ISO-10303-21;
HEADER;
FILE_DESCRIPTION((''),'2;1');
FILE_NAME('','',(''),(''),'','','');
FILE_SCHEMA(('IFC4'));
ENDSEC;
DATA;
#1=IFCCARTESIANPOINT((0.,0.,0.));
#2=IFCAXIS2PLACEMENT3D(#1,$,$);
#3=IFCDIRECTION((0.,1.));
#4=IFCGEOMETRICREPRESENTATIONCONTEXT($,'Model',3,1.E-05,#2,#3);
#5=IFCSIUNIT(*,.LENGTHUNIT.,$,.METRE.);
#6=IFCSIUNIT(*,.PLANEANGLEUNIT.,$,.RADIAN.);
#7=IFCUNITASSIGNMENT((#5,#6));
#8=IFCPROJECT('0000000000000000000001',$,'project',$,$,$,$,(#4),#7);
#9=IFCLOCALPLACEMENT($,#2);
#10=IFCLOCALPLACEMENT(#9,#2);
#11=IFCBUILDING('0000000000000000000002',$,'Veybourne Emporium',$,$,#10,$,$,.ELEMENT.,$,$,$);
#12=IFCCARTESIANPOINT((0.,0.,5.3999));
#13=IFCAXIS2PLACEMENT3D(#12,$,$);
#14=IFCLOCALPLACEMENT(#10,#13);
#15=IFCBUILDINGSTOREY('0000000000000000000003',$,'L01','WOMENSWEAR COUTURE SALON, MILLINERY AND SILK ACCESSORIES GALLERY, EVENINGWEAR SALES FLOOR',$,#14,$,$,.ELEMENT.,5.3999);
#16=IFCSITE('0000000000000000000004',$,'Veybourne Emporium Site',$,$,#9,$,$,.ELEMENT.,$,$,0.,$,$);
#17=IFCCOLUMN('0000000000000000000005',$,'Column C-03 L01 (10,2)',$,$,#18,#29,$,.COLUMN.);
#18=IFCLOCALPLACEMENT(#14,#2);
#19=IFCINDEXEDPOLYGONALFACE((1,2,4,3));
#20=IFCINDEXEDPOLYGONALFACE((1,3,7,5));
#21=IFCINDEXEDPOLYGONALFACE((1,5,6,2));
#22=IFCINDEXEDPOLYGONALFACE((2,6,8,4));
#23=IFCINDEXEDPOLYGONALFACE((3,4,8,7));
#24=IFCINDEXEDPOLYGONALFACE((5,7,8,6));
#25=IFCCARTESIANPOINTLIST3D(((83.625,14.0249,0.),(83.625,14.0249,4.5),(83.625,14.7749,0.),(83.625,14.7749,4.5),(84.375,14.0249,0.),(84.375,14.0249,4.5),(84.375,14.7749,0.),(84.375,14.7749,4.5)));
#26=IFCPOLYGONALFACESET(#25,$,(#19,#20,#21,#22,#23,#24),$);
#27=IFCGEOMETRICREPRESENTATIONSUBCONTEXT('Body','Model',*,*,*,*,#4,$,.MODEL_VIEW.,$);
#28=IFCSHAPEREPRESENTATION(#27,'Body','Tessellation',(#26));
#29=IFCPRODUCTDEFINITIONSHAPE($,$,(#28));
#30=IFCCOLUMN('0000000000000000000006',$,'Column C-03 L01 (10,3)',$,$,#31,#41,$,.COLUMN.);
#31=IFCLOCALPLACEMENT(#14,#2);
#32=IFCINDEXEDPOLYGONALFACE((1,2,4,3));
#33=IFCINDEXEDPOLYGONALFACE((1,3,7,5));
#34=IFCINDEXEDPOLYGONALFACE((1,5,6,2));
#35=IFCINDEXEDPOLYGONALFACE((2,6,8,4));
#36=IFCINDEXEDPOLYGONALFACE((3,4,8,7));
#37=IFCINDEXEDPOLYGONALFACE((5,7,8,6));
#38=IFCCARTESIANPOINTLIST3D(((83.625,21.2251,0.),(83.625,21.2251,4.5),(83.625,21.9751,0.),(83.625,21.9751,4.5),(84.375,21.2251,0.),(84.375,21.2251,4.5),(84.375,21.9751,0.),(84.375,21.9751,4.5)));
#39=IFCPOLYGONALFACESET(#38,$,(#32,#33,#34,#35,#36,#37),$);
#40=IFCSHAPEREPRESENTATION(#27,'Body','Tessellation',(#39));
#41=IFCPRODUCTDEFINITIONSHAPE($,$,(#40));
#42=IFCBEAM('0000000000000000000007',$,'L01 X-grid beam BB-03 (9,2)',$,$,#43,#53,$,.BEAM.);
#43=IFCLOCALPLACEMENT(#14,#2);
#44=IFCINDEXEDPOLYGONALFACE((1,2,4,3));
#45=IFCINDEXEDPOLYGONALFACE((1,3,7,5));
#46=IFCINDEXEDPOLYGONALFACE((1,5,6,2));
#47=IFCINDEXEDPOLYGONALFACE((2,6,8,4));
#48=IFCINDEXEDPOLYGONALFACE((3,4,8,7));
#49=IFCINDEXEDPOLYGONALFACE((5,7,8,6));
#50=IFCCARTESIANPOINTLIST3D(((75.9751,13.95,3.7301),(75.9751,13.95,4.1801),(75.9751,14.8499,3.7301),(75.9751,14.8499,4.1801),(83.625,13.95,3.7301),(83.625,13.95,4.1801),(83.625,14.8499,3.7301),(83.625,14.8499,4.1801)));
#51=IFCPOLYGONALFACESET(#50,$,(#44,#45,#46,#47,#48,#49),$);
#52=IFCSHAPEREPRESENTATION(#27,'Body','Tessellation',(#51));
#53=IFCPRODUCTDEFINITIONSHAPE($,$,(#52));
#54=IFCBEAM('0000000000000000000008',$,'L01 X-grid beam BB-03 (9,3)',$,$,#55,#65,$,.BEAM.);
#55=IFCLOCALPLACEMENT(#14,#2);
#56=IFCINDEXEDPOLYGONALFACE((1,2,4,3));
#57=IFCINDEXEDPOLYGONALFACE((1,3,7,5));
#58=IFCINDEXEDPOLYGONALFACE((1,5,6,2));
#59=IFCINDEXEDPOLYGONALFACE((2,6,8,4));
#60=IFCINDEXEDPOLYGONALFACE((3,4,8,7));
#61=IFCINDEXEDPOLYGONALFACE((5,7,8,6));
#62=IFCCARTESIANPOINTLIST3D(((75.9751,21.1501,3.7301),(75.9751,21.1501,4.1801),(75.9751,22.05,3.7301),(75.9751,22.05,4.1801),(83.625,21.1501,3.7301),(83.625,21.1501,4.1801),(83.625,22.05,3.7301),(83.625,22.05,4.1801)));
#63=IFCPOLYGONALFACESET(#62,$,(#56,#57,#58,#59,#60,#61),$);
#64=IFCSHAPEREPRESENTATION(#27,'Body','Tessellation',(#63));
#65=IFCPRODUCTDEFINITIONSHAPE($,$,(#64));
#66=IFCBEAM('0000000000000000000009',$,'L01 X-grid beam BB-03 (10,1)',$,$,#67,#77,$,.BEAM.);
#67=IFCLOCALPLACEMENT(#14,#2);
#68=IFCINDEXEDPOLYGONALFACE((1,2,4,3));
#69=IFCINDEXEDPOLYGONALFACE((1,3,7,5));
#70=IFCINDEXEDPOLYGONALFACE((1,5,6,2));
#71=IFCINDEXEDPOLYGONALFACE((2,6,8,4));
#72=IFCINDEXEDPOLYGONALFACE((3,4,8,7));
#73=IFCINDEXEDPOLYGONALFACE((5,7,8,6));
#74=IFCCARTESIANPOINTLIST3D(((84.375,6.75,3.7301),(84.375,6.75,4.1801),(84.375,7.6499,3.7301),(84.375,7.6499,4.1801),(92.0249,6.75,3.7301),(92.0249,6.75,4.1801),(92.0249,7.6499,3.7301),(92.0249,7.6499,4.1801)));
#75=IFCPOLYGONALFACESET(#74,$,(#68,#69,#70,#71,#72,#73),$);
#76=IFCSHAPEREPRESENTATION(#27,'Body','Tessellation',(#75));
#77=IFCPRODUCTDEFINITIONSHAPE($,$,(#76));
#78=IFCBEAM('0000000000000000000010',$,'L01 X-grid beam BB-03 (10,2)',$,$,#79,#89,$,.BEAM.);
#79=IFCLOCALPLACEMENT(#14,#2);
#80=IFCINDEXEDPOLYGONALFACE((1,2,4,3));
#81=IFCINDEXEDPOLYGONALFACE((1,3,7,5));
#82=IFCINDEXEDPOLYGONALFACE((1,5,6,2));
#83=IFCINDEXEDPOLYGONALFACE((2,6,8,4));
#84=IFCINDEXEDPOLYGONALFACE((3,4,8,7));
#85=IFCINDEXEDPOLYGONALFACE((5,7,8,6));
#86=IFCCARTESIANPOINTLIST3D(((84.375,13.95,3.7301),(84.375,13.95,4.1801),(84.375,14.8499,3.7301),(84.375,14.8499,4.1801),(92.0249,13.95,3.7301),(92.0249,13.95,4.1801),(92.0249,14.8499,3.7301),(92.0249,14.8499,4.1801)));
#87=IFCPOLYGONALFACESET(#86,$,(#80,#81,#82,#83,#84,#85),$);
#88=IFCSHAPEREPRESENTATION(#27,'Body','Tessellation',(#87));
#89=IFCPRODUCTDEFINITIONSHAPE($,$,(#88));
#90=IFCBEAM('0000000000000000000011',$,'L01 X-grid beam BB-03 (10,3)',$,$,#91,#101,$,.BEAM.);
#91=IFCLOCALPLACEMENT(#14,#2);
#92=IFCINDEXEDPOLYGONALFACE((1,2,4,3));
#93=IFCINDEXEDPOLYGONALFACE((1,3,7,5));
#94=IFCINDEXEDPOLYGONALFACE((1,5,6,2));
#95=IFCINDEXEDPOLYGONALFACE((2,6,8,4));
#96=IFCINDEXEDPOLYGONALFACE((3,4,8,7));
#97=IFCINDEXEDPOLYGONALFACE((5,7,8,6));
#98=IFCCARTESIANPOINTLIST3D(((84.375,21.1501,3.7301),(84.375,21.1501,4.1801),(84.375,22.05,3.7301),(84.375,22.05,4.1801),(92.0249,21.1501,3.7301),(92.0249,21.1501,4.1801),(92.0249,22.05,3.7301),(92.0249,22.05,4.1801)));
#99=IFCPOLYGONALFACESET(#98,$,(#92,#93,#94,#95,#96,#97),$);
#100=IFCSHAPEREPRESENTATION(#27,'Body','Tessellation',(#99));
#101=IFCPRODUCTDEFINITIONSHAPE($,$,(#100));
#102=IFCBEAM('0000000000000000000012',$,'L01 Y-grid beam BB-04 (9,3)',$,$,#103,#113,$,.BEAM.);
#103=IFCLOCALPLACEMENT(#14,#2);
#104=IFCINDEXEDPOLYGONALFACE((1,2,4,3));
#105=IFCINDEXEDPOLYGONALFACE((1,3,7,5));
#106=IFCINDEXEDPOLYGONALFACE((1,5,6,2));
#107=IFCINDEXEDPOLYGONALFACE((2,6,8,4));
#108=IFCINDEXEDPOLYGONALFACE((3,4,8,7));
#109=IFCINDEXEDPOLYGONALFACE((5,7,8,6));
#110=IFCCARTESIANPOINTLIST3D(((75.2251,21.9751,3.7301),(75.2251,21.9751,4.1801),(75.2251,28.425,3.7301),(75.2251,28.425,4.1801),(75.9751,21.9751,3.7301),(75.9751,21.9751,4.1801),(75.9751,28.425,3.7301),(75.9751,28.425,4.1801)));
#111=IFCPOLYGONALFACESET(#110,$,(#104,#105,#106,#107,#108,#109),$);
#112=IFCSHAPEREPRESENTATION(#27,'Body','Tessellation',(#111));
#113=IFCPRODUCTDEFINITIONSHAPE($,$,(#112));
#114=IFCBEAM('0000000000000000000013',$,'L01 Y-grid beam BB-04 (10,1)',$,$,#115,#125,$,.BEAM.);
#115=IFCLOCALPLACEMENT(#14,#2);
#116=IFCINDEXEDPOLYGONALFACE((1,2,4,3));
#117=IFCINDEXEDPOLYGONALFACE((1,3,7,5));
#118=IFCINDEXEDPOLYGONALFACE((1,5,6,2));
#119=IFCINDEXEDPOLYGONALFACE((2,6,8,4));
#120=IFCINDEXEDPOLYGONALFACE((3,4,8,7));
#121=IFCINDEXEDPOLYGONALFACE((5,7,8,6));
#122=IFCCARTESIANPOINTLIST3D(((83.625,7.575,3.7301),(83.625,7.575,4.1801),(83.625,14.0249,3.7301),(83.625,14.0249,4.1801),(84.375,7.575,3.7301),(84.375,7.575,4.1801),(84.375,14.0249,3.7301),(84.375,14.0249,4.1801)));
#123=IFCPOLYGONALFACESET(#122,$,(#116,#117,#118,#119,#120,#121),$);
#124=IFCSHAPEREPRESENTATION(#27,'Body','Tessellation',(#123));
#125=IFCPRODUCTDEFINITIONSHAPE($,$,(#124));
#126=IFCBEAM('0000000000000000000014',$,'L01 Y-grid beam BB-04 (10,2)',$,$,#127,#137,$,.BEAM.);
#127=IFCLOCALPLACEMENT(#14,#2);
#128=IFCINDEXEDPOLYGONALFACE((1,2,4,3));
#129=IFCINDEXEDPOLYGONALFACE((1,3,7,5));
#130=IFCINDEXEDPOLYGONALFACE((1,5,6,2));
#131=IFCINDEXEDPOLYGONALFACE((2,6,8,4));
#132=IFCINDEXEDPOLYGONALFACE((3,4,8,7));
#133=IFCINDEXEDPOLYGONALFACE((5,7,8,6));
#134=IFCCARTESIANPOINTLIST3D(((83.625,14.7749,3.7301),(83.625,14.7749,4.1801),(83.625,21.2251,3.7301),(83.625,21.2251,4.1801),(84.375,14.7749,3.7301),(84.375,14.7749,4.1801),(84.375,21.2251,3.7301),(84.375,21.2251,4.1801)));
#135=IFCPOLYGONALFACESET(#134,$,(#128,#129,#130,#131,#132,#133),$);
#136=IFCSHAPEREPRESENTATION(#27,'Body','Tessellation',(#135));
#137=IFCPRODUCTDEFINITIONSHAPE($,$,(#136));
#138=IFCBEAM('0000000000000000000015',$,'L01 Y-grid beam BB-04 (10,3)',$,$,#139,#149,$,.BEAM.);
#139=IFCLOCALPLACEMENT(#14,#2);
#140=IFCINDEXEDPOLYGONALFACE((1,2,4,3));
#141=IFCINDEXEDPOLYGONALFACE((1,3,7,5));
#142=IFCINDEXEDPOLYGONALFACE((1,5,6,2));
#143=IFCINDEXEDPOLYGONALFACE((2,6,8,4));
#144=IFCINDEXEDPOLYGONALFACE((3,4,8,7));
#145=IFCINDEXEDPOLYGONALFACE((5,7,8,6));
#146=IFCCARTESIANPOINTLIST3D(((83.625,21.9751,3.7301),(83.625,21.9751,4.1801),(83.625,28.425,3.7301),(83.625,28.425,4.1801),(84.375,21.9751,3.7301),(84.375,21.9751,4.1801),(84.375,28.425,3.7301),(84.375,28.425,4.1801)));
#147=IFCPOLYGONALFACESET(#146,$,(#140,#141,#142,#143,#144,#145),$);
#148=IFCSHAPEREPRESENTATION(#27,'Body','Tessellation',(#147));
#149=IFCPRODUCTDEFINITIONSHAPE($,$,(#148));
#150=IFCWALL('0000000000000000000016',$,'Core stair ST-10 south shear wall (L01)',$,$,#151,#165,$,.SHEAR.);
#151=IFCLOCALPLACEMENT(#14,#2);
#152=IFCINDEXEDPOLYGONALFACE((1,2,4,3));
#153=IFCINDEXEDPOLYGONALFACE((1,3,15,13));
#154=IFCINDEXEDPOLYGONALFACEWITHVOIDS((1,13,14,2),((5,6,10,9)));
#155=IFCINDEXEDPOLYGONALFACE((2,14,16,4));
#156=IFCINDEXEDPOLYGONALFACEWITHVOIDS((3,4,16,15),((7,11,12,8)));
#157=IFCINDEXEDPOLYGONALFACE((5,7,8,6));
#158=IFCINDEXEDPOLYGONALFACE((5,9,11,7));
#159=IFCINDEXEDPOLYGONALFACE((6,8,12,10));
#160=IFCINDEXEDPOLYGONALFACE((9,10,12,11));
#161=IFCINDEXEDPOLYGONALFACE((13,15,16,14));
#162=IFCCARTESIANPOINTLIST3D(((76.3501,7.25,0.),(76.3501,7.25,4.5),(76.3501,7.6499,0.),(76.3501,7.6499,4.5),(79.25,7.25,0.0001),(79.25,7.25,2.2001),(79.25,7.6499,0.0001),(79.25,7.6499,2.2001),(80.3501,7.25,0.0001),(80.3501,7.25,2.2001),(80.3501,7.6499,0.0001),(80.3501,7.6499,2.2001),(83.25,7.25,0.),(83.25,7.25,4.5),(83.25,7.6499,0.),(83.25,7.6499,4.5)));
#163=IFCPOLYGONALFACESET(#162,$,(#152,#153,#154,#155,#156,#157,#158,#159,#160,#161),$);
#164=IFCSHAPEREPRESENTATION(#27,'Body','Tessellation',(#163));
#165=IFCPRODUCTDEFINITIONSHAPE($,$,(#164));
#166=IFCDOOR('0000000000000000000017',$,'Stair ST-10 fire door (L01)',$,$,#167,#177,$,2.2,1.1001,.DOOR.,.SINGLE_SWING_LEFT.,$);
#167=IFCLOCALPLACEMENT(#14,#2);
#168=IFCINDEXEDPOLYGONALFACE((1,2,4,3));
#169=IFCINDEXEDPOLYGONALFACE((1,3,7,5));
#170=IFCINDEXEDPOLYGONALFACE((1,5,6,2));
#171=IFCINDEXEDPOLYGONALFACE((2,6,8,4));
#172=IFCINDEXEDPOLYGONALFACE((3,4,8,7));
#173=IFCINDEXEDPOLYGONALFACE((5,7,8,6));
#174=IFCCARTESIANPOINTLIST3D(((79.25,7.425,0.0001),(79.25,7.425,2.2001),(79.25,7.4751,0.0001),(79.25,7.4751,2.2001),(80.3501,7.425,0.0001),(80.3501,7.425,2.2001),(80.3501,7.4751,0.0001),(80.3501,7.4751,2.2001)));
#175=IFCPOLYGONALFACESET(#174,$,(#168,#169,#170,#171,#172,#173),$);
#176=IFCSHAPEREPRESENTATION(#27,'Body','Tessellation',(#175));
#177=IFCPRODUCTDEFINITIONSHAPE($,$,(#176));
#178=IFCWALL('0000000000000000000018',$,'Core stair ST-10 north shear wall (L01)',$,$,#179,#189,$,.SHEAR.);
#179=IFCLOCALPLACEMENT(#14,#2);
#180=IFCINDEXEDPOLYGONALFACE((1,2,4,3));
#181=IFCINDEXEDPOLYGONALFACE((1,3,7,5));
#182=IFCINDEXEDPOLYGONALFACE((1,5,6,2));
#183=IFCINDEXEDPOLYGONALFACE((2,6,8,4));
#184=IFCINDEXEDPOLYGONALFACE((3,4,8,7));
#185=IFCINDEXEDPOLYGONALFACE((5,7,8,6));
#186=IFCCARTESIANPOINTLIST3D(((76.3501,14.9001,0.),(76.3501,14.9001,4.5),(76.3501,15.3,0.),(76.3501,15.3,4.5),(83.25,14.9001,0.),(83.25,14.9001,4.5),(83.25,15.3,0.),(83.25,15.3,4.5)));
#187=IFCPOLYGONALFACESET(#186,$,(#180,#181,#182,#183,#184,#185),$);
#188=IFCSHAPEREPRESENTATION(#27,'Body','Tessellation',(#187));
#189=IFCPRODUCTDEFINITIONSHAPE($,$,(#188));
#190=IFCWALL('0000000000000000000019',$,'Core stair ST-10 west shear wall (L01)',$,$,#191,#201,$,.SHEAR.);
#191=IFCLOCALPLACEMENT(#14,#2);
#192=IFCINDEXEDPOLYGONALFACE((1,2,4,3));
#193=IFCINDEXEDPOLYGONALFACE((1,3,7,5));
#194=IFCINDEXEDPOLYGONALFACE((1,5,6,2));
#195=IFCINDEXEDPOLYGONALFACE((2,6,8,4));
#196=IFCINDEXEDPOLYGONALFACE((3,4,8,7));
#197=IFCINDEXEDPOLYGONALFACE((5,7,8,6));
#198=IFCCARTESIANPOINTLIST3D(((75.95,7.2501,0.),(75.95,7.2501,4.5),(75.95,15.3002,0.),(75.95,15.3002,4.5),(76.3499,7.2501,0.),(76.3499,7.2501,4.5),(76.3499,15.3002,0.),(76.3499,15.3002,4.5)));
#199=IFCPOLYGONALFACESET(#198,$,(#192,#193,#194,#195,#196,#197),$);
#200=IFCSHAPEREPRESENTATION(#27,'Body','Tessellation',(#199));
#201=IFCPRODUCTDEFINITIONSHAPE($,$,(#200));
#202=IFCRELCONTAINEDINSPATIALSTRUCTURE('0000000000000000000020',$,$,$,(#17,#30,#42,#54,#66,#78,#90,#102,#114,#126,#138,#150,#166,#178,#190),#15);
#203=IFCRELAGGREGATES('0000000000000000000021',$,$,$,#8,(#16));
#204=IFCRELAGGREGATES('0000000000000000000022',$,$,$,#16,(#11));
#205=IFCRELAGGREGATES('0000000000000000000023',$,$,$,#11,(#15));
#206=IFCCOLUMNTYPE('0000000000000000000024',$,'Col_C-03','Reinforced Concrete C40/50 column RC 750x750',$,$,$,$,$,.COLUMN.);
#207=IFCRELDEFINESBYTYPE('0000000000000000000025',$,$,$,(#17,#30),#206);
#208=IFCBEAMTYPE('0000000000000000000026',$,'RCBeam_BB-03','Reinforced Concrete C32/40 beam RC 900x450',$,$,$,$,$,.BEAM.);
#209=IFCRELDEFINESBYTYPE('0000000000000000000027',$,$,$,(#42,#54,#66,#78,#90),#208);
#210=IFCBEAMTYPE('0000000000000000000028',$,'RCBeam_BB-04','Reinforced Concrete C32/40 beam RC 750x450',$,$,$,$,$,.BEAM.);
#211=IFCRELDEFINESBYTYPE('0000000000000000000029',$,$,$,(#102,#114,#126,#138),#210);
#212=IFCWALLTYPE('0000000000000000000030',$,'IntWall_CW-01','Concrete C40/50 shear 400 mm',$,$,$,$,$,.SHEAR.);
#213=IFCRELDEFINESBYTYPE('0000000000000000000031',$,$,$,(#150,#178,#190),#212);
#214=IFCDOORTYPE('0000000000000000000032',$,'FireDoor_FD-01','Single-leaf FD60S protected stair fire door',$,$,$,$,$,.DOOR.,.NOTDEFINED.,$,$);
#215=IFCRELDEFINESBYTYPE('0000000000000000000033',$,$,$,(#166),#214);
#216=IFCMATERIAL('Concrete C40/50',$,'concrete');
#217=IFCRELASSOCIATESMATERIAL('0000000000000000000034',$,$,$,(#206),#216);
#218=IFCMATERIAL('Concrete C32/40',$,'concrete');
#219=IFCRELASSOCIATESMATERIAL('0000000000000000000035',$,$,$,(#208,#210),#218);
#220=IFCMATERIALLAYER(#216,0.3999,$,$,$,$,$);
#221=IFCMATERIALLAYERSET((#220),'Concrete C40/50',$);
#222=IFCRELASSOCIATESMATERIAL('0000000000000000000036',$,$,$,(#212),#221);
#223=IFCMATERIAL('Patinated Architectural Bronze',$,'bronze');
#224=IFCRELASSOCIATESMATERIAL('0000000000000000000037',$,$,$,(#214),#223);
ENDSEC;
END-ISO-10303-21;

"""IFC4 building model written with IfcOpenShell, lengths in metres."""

from ifc_helpers import new_model, si_unit, direction, frame, frame_2d, origin, origin_2d, place, context, subcontext, project, spatial, rectangle, extrude, material, layer, layer_set, material_profile, profile_set, type_object, element, fill, save


model = new_model("IFC4")

# Units and contexts
model_context = context("Model", 3, precision=1e-05, world=origin(), true_north=direction((0.0, 1.0)))
body_context = subcontext(model_context, "Body", "Model", "MODEL_VIEW")
ifc_project = project(units=[si_unit("LENGTHUNIT", "METRE"), si_unit("PLANEANGLEUNIT", "RADIAN")], contexts=[model_context])

# Site, building, storey
site_placement = place(None, origin())
site = spatial("IfcSite", under=ifc_project, at=site_placement, Name="Veybourne Emporium Site", CompositionType="ELEMENT", RefElevation=0.0)
building_placement = place(site_placement, origin())
building = spatial("IfcBuilding", under=site, at=building_placement, Name="Veybourne Emporium", CompositionType="ELEMENT")
storey_placement = place(building_placement, frame((0.0, 0.0, 5.3999)))
storey = spatial("IfcBuildingStorey", under=building, at=storey_placement, Name="L01", Description="WOMENSWEAR COUTURE SALON, MILLINERY AND SILK ACCESSORIES GALLERY, EVENINGWEAR SALES FLOOR", CompositionType="ELEMENT", Elevation=5.3999)

# Columns
ifc_material_1 = material(Name="Concrete C40/50", Category="concrete")
ifc_material_profile_1 = material_profile(ifc_material_1, rectangle(XDim=0.75, YDim=0.75, at=origin_2d()), Name="RC 750x750")
ifc_profile_set_1 = profile_set([ifc_material_profile_1], Name="Concrete C40/50")
column_type = type_object("IfcColumnType", Name="Col_C-03", Description="Reinforced Concrete C40/50 column RC 750x750", PredefinedType="COLUMN", material=ifc_profile_set_1)
for number, where, z_axis, x_axis, name in (
    (1, (84.0, 14.3999, 0.0), (0.0, 0.0, 1.0), (1.0, 0.0, 0.0), "Column C-03 L01 (10,2)"),
    (2, (84.0, 21.6001, 0.0), (0.0, 0.0, 1.0), (1.0, 0.0, 0.0), "Column C-03 L01 (10,3)"),
):
    element("IfcColumn", number, at=place(storey_placement, frame(where, z_axis=z_axis, x_axis=x_axis)), inside=storey, type_object=column_type, Name=name, PredefinedType="COLUMN", context=body_context, shape_type="SweptSolid", body=[
        extrude(rectangle(XDim=0.75, YDim=0.75, at=origin_2d()), origin(), (0.0, 0.0, 1.0), 4.5),
    ])

# Beams
ifc_material_2 = material(Name="Concrete C32/40", Category="concrete")
ifc_material_profile_2 = material_profile(ifc_material_2, rectangle(XDim=0.8999, YDim=0.45, at=origin_2d()), Name="RC 900x450")
ifc_profile_set_2 = profile_set([ifc_material_profile_2], Name="Concrete C32/40")
beam_type_1 = type_object("IfcBeamType", Name="RCBeam_BB-03", Description="Reinforced Concrete C32/40 beam RC 900x450", PredefinedType="BEAM", material=ifc_profile_set_2)
for number, where, z_axis, x_axis, name in (
    (3, (75.9751, 14.3999, 3.9551), (1.0, 0.0, 0.0), (0.0, 1.0, 0.0), "L01 X-grid beam BB-03 (9,2)"),
    (4, (75.9751, 21.6001, 3.9551), (1.0, 0.0, 0.0), (0.0, 1.0, 0.0), "L01 X-grid beam BB-03 (9,3)"),
    (5, (84.375, 7.2, 3.9551), (1.0, 0.0, 0.0), (0.0, 1.0, 0.0), "L01 X-grid beam BB-03 (10,1)"),
    (6, (84.375, 14.3999, 3.9551), (1.0, 0.0, 0.0), (0.0, 1.0, 0.0), "L01 X-grid beam BB-03 (10,2)"),
    (7, (84.375, 21.6001, 3.9551), (1.0, 0.0, 0.0), (0.0, 1.0, 0.0), "L01 X-grid beam BB-03 (10,3)"),
):
    element("IfcBeam", number, at=place(storey_placement, frame(where, z_axis=z_axis, x_axis=x_axis)), inside=storey, type_object=beam_type_1, Name=name, PredefinedType="BEAM", context=body_context, shape_type="SweptSolid", body=[
        extrude(rectangle(XDim=0.8999, YDim=0.45, at=origin_2d()), origin(), (0.0, 0.0, 1.0), 7.6499),
    ])
ifc_material_profile_3 = material_profile(ifc_material_2, rectangle(XDim=0.75, YDim=0.45, at=origin_2d()), Name="RC 750x450")
ifc_profile_set_3 = profile_set([ifc_material_profile_3], Name="Concrete C32/40")
beam_type_2 = type_object("IfcBeamType", Name="RCBeam_BB-04", Description="Reinforced Concrete C32/40 beam RC 750x450", PredefinedType="BEAM", material=ifc_profile_set_3)
for number, where, z_axis, x_axis, name in (
    (8, (75.6001, 21.9751, 3.9551), (0.0, 1.0, 0.0), (-1.0, 0.0, 0.0), "L01 Y-grid beam BB-04 (9,3)"),
    (9, (84.0, 7.575, 3.9551), (0.0, 1.0, 0.0), (-1.0, 0.0, 0.0), "L01 Y-grid beam BB-04 (10,1)"),
):
    element("IfcBeam", number, at=place(storey_placement, frame(where, z_axis=z_axis, x_axis=x_axis)), inside=storey, type_object=beam_type_2, Name=name, PredefinedType="BEAM", context=body_context, shape_type="SweptSolid", body=[
        extrude(rectangle(XDim=0.75, YDim=0.45, at=origin_2d()), origin(), (0.0, 0.0, 1.0), 6.45),
    ])
beam_1_placement = place(storey_placement, frame((84.0, 14.7749, 3.9551), z_axis=(0.0, 1.0, 0.0), x_axis=(-1.0, 0.0, 0.0)))
element("IfcBeam", 10, at=beam_1_placement, inside=storey, type_object=beam_type_2, Name="L01 Y-grid beam BB-04 (10,2)", PredefinedType="BEAM", context=body_context, shape_type="SweptSolid", body=[
    extrude(rectangle(XDim=0.75, YDim=0.45, at=origin_2d()), origin(), (0.0, 0.0, 1.0), 6.4502),
])
beam_2_placement = place(storey_placement, frame((84.0, 21.9751, 3.9551), z_axis=(0.0, 1.0, 0.0), x_axis=(-1.0, 0.0, 0.0)))
element("IfcBeam", 11, at=beam_2_placement, inside=storey, type_object=beam_type_2, Name="L01 Y-grid beam BB-04 (10,3)", PredefinedType="BEAM", context=body_context, shape_type="SweptSolid", body=[
    extrude(rectangle(XDim=0.75, YDim=0.45, at=origin_2d()), origin(), (0.0, 0.0, 1.0), 6.45),
])

# Wall, opening, door
ifc_layer_1 = layer(ifc_material_1, 0.3999)
ifc_layer_set_1 = layer_set([ifc_layer_1], Name="Concrete C40/50")
wall_type_1 = type_object("IfcWallType", Name="IntWall_CW-01", Description="Concrete C40/50 shear 400 mm", PredefinedType="SHEAR", material=ifc_layer_set_1)
wall_1_placement = place(storey_placement, frame((83.25, 7.45, 0.0), z_axis=(0.0, 0.0, 1.0), x_axis=(-1.0, 0.0, 0.0)))
wall_1 = element("IfcWall", 12, at=wall_1_placement, inside=storey, type_object=wall_type_1, Name="Core stair ST-10 south shear wall (L01)", PredefinedType="SHEAR", context=body_context, shape_type="SweptSolid", body=[
    extrude(rectangle(XDim=6.8999, YDim=0.3999, at=frame_2d((3.45, 0.0))), origin(), (0.0, 0.0, 1.0), 4.5),
])
opening_1_placement = place(wall_1_placement, frame((2.8999, 0.0, 0.0)))
opening_1 = element("IfcOpeningElement", 13, at=opening_1_placement, cuts=wall_1, PredefinedType="OPENING", context=body_context, shape_type="SweptSolid", body=[
    extrude(rectangle(XDim=1.1001, YDim=2.2, at=frame_2d((0.55, 1.1001))), frame((0.0, 0.22, 0.0), z_axis=(0.0, -1.0, 0.0), x_axis=(1.0, 0.0, 0.0)), (0.0, 0.0, 1.0), 0.4399),
])
ifc_material_3 = material(Name="Patinated Architectural Bronze", Category="bronze")
door_type_1 = type_object("IfcDoorType", Name="FireDoor_FD-01", Description="Single-leaf FD60S protected stair fire door", OperationType="NOTDEFINED", PredefinedType="DOOR", material=ifc_material_3)
door_1_placement = place(opening_1_placement, origin())
door_1 = element("IfcDoor", 14, at=door_1_placement, inside=storey, type_object=door_type_1, Name="Stair ST-10 fire door (L01)", OperationType="SINGLE_SWING_LEFT", OverallHeight=2.2, OverallWidth=1.1001, PredefinedType="DOOR", context=body_context, shape_type="SweptSolid", body=[
    extrude(rectangle(XDim=1.1001, YDim=2.2, at=frame_2d((0.55, 1.1001))), frame((0.0, 0.0249, 0.0), z_axis=(0.0, -1.0, 0.0), x_axis=(1.0, 0.0, 0.0)), (0.0, 0.0, 1.0), 0.05),
])
fill(opening_1, door_1)

# Walls
wall_2_placement = place(storey_placement, frame((76.3501, 15.1001, 0.0), z_axis=(0.0, 0.0, 1.0), x_axis=(1.0, 0.0, 0.0)))
element("IfcWall", 15, at=wall_2_placement, inside=storey, type_object=wall_type_1, Name="Core stair ST-10 north shear wall (L01)", PredefinedType="SHEAR", context=body_context, shape_type="SweptSolid", body=[
    extrude(rectangle(XDim=6.8999, YDim=0.3999, at=frame_2d((3.45, 0.0))), origin(), (0.0, 0.0, 1.0), 4.5),
])
for number, where, z_axis, x_axis, name in (
    (16, (76.1499, 15.3, 0.0), (0.0, 0.0, 1.0), (0.0, -1.0, 0.0), "Core stair ST-10 west shear wall (L01)"),
):
    element("IfcWall", number, at=place(storey_placement, frame(where, z_axis=z_axis, x_axis=x_axis)), inside=storey, type_object=wall_type_1, Name=name, PredefinedType="SHEAR", context=body_context, shape_type="SweptSolid", body=[
        extrude(rectangle(XDim=8.05, YDim=0.3999, at=frame_2d((4.0249, 0.0))), origin(), (0.0, 0.0, 1.0), 4.5),
    ])

save(model, "model.ifc")
